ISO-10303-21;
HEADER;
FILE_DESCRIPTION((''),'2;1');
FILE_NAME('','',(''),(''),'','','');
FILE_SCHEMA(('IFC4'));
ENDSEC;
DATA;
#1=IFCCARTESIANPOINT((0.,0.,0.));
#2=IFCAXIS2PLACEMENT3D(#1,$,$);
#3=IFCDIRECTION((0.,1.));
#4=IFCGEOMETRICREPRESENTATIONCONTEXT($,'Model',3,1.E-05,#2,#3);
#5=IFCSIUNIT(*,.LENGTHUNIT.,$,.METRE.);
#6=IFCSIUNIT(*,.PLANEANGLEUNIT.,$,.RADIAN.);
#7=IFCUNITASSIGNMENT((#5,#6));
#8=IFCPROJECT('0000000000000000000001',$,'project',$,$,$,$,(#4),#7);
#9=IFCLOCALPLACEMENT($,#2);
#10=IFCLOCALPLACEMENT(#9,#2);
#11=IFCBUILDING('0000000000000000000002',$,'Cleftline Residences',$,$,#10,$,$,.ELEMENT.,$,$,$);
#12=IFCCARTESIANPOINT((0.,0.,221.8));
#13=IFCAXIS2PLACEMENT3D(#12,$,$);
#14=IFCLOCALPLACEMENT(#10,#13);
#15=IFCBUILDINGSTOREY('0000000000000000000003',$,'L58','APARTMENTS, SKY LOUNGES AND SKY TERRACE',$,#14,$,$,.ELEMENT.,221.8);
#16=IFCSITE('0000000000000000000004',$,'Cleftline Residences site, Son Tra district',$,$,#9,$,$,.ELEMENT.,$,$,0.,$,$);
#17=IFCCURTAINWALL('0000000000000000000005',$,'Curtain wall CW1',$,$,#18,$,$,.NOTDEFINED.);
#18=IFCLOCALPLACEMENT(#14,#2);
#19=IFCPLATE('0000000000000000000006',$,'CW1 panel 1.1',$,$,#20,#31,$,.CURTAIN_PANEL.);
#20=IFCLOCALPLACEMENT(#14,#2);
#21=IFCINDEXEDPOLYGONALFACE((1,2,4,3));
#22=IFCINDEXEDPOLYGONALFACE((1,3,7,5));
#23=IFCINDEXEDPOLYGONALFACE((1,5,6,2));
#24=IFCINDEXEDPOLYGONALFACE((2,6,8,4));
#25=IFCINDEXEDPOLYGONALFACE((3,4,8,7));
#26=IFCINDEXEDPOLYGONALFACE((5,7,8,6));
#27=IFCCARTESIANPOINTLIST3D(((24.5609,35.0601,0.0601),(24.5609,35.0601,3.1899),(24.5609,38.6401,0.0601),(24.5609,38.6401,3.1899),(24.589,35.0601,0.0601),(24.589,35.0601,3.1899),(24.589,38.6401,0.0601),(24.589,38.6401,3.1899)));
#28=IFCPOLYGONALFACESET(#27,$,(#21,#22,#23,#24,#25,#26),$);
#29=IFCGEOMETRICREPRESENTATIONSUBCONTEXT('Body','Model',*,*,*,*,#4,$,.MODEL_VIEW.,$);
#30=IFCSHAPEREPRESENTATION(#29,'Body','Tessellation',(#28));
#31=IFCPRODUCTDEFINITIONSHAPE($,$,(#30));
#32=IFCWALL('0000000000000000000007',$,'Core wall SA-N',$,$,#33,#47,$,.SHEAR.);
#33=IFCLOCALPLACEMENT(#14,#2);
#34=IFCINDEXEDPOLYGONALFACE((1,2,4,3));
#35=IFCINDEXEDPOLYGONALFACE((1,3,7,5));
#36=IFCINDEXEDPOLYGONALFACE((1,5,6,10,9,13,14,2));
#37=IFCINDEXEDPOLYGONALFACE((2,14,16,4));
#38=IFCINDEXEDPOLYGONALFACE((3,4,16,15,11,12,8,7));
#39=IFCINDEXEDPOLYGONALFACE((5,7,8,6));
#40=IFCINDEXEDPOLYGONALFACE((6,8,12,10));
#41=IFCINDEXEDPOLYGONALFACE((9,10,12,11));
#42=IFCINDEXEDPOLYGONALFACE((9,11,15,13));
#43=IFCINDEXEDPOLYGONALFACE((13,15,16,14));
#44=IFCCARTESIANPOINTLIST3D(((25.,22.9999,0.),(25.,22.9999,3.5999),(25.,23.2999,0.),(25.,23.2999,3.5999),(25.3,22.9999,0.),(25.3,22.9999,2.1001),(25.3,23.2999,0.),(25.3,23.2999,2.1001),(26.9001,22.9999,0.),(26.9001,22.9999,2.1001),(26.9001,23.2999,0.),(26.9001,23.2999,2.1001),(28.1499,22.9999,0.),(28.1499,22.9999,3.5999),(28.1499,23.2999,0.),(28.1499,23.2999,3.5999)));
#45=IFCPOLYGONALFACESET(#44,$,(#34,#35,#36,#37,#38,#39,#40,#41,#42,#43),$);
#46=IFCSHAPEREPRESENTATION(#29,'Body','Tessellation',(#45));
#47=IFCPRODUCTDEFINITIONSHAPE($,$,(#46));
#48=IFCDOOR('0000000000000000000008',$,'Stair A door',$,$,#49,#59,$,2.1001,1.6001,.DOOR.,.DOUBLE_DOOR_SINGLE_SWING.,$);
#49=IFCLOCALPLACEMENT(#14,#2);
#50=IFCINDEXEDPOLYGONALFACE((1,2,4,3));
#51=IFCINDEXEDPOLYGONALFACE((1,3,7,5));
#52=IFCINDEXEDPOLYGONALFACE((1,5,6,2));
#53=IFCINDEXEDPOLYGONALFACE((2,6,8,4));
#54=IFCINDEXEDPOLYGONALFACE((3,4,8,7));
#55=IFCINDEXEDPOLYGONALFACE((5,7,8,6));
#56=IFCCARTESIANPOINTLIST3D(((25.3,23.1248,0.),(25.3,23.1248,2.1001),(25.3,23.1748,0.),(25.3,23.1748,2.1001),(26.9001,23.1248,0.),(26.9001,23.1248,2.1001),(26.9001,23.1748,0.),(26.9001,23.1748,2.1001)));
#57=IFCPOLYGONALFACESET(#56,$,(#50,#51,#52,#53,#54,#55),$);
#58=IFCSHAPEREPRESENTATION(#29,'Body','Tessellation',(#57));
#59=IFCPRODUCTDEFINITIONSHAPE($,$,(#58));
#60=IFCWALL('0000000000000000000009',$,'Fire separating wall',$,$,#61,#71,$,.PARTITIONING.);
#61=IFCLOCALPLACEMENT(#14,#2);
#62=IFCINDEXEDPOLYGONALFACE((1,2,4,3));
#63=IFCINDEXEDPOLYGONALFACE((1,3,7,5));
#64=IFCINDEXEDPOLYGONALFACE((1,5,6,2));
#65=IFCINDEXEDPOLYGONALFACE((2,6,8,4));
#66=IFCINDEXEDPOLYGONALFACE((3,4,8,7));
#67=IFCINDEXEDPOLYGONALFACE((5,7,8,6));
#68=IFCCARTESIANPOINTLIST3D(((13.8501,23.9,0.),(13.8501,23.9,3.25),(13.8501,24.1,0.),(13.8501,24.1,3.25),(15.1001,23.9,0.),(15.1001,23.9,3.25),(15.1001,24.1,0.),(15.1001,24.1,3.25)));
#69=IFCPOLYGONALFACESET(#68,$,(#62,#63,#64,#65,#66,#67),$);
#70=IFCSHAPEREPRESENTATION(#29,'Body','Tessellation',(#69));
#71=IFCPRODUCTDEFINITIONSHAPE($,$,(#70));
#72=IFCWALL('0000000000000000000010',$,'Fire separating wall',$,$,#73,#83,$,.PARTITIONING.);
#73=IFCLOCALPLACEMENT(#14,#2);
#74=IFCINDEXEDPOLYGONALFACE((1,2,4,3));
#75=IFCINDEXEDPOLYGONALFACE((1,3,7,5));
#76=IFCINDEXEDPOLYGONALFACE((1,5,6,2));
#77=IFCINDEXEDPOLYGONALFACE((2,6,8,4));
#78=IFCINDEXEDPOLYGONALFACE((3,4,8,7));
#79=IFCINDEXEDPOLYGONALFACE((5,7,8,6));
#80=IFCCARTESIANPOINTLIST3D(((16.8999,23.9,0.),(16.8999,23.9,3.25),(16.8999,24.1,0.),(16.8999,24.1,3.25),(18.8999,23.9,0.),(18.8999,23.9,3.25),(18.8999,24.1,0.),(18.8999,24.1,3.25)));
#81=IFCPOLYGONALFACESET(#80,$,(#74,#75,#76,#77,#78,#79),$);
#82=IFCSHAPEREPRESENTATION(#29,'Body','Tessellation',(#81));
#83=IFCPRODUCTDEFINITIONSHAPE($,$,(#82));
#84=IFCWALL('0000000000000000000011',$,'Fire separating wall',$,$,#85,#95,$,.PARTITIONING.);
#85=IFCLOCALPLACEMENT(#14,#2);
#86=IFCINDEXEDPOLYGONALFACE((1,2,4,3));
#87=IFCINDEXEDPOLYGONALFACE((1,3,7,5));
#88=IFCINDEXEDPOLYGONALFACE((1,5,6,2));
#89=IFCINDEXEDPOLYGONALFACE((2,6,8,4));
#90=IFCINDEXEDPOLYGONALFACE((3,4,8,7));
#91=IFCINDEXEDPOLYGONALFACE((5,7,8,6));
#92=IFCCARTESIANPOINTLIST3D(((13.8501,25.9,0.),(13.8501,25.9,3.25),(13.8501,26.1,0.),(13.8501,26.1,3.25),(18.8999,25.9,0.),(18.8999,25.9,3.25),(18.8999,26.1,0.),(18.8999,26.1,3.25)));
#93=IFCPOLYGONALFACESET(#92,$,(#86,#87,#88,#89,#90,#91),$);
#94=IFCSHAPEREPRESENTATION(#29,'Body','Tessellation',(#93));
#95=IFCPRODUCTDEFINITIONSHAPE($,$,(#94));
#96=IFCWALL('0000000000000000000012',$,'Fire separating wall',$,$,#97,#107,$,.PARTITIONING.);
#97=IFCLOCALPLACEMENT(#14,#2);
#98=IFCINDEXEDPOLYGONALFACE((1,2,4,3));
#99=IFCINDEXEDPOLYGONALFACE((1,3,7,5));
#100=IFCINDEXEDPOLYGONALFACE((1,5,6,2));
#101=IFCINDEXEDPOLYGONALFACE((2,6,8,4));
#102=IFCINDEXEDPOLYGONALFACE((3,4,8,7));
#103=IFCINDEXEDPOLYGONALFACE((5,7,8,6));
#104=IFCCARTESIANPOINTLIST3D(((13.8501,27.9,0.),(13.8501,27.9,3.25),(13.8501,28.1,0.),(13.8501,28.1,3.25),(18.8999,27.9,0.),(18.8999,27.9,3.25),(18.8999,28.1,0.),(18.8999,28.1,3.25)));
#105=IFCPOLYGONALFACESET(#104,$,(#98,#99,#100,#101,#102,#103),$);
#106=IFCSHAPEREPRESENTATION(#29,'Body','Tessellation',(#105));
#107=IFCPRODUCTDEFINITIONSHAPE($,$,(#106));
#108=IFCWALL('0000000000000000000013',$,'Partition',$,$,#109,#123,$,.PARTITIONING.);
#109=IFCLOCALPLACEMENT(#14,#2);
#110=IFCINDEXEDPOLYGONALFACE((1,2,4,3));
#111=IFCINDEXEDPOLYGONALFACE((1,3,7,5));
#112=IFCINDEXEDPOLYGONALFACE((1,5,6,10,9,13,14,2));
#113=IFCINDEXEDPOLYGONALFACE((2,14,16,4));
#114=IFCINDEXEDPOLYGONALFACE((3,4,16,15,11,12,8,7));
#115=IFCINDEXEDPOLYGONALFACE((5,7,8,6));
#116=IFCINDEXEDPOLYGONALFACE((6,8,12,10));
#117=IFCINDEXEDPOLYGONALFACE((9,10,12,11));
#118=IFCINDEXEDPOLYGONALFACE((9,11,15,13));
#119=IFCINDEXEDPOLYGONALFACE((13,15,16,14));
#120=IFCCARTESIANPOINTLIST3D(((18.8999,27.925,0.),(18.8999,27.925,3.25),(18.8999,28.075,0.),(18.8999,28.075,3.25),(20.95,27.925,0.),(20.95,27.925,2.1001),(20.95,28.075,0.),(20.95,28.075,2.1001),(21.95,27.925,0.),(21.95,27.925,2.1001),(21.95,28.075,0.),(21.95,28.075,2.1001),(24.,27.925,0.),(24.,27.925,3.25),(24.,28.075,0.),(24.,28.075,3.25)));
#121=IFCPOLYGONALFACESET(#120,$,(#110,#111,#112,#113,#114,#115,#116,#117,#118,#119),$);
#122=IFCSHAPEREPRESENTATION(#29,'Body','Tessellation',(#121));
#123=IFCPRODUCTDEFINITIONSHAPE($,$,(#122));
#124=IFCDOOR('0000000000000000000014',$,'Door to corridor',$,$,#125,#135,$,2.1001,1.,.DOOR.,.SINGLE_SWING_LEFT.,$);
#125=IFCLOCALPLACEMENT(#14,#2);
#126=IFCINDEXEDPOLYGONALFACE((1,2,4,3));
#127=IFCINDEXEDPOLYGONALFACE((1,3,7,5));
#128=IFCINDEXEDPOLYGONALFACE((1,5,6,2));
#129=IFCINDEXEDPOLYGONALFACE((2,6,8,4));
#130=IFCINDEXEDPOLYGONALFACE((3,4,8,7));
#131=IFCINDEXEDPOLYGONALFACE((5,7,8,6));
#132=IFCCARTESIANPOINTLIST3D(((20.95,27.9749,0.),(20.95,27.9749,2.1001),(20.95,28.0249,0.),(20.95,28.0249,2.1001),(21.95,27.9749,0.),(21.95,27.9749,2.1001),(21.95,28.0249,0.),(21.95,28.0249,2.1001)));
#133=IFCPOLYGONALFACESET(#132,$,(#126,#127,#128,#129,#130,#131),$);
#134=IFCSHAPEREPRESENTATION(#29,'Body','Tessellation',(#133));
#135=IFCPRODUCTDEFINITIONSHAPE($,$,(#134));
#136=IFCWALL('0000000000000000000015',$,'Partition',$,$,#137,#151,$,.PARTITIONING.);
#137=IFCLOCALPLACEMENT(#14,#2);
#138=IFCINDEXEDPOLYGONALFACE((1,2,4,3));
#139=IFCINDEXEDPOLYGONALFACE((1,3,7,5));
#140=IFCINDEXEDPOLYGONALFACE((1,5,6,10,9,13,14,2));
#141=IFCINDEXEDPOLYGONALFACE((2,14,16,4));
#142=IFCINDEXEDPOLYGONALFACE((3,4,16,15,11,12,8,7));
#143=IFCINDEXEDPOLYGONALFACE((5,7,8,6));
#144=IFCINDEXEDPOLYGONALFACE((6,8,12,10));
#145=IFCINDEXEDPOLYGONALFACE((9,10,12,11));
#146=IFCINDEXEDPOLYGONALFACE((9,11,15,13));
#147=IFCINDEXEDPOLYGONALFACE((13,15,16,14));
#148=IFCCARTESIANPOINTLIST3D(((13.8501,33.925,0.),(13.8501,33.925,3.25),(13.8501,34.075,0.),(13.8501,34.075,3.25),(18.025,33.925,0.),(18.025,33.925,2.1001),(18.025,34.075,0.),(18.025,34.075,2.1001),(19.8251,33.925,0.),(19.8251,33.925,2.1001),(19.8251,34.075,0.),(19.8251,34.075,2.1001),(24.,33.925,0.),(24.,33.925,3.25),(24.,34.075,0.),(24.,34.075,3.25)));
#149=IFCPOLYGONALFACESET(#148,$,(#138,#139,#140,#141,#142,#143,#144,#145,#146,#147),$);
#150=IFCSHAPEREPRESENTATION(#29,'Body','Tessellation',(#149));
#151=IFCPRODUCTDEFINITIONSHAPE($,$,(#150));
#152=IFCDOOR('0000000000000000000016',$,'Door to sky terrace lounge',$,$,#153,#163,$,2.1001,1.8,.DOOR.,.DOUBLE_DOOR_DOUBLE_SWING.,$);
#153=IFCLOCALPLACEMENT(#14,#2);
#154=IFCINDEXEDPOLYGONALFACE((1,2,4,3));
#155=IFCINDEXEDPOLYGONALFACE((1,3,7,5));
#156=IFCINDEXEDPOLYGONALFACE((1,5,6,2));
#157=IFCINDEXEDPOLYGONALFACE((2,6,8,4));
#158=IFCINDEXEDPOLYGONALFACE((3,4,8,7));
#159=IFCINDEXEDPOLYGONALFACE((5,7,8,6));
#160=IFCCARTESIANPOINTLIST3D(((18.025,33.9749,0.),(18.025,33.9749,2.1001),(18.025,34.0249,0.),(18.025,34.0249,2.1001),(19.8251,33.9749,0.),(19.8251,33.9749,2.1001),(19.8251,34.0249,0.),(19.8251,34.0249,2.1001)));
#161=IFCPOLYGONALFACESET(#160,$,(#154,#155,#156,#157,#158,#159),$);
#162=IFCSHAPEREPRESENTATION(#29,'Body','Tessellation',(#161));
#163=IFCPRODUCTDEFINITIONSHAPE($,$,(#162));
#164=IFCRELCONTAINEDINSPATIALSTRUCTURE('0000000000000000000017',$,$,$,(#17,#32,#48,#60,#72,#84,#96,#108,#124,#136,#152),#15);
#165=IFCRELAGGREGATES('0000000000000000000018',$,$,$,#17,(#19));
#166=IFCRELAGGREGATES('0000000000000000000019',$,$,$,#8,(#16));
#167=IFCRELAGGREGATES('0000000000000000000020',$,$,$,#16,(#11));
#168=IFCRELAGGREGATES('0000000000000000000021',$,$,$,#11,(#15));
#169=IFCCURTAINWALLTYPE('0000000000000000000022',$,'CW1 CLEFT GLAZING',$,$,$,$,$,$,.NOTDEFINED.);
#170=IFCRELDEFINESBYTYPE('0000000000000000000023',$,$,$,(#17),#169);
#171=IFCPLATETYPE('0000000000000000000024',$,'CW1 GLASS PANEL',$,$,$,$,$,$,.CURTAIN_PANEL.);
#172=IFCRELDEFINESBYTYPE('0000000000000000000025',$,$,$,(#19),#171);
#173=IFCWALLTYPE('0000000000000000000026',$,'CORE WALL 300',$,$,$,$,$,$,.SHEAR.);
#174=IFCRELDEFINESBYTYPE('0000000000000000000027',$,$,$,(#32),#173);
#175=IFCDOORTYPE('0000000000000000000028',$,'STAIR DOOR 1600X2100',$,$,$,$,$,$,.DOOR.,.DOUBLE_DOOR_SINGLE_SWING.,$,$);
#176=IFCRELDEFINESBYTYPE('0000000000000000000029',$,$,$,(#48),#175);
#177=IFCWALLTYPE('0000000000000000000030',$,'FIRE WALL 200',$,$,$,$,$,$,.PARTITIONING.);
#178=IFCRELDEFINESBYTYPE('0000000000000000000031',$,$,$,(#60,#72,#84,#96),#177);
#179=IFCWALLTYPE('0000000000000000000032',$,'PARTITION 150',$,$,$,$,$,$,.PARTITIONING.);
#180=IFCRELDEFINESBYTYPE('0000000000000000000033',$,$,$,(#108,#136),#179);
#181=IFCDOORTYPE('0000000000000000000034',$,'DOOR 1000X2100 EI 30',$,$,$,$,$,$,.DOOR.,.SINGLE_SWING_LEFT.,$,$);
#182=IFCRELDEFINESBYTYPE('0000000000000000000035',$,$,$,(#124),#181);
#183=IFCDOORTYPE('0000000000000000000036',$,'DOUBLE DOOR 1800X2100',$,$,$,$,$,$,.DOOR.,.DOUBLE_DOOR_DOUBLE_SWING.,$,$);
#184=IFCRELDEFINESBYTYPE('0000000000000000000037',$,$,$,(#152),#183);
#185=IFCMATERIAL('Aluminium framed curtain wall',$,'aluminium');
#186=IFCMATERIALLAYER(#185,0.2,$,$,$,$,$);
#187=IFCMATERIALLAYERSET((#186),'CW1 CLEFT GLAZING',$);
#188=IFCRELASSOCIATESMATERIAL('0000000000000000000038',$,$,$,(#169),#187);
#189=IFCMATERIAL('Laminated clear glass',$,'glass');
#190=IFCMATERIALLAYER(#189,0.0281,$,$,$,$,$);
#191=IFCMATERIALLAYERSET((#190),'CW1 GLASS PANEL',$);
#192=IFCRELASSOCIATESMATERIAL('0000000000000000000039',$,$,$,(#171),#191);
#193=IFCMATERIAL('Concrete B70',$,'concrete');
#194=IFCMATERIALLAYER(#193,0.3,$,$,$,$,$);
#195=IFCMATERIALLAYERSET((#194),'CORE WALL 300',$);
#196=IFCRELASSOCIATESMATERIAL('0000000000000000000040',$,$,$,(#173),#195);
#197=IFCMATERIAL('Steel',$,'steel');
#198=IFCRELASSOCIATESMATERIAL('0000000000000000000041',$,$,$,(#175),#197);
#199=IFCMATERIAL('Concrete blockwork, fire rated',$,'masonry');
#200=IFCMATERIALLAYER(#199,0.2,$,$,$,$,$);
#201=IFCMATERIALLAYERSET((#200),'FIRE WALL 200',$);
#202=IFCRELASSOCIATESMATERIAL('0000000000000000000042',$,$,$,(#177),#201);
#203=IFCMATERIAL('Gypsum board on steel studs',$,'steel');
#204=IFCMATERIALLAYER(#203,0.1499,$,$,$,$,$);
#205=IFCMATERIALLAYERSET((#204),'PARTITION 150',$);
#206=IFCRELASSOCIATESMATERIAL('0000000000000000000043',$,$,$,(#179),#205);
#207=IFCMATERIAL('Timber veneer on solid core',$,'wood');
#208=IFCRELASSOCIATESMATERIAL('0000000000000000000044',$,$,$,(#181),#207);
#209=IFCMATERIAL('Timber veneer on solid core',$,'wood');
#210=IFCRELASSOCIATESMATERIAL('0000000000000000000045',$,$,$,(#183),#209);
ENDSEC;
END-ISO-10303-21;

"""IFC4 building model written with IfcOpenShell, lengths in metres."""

from ifc_helpers import new_model, si_unit, direction, frame, frame_2d, origin, origin_2d, place, context, subcontext, project, spatial, rectangle, extrude, material, layer, layer_set, type_object, element, fill, aggregate, save


model = new_model("IFC4")

# Units and contexts
model_context = context("Model", 3, precision=1e-05, world=origin(), true_north=direction((0.0, 1.0)))
body_context = subcontext(model_context, "Body", "Model", "MODEL_VIEW")
ifc_project = project(units=[si_unit("LENGTHUNIT", "METRE"), si_unit("PLANEANGLEUNIT", "RADIAN")], contexts=[model_context])

# Site, building, storey
site_placement = place(None, origin())
site = spatial("IfcSite", under=ifc_project, at=site_placement, Name="Cleftline Residences site, Son Tra district", CompositionType="ELEMENT", RefElevation=0.0)
building_placement = place(site_placement, origin())
building = spatial("IfcBuilding", under=site, at=building_placement, Name="Cleftline Residences", CompositionType="ELEMENT")
storey_placement = place(building_placement, frame((0.0, 0.0, 221.8)))
storey = spatial("IfcBuildingStorey", under=building, at=storey_placement, Name="L58", Description="APARTMENTS, SKY LOUNGES AND SKY TERRACE", CompositionType="ELEMENT", Elevation=221.8)

# Curtain wall, plate
ifc_material_1 = material(Name="Aluminium framed curtain wall", Category="aluminium")
ifc_layer_1 = layer(ifc_material_1, 0.2)
ifc_layer_set_1 = layer_set([ifc_layer_1], Name="CW1 CLEFT GLAZING")
curtain_wall_type = type_object("IfcCurtainWallType", Name="CW1 CLEFT GLAZING", PredefinedType="NOTDEFINED", material=ifc_layer_set_1)
curtain_wall_placement = place(storey_placement, origin())
curtain_wall = element("IfcCurtainWall", 1, at=curtain_wall_placement, inside=storey, type_object=curtain_wall_type, Name="Curtain wall CW1", PredefinedType="NOTDEFINED")
ifc_material_2 = material(Name="Laminated clear glass", Category="glass")
ifc_layer_2 = layer(ifc_material_2, 0.0281)
ifc_layer_set_2 = layer_set([ifc_layer_2], Name="CW1 GLASS PANEL")
plate_type = type_object("IfcPlateType", Name="CW1 GLASS PANEL", PredefinedType="CURTAIN_PANEL", material=ifc_layer_set_2)
plate_placement = place(storey_placement, frame((24.575, 36.8501, 0.0601), z_axis=(0.0, 0.0, 1.0), x_axis=(0.0, 1.0, 0.0)))
plate = element("IfcPlate", 2, at=plate_placement, type_object=plate_type, Name="CW1 panel 1.1", PredefinedType="CURTAIN_PANEL", context=body_context, shape_type="SweptSolid", body=[
    extrude(rectangle(XDim=3.5801, YDim=0.0281, at=origin_2d()), origin(), (0.0, 0.0, 1.0), 3.1299),
])
aggregate(curtain_wall, [plate])

# Wall, opening, door
ifc_material_3 = material(Name="Concrete B70", Category="concrete")
ifc_layer_3 = layer(ifc_material_3, 0.3)
ifc_layer_set_3 = layer_set([ifc_layer_3], Name="CORE WALL 300")
wall_type_1 = type_object("IfcWallType", Name="CORE WALL 300", PredefinedType="SHEAR", material=ifc_layer_set_3)
wall_1_placement = place(storey_placement, frame((25.0, 23.1499, 0.0), z_axis=(0.0, 0.0, 1.0), x_axis=(1.0, 0.0, 0.0)))
wall_1 = element("IfcWall", 3, at=wall_1_placement, inside=storey, type_object=wall_type_1, Name="Core wall SA-N", PredefinedType="SHEAR", context=body_context, shape_type="SweptSolid", body=[
    extrude(rectangle(XDim=3.1499, YDim=0.3, at=frame_2d((1.575, 0.0))), origin(), (0.0, 0.0, 1.0), 3.5999),
])
opening_1_placement = place(wall_1_placement, frame((0.3, 0.0, 0.0)))
opening_1 = element("IfcOpeningElement", 4, at=opening_1_placement, cuts=wall_1, PredefinedType="OPENING", context=body_context, shape_type="SweptSolid", body=[
    extrude(rectangle(XDim=1.6001, YDim=2.1001, at=frame_2d((0.8, 1.05))), frame((0.0, 0.1599, 0.0), z_axis=(0.0, -1.0, 0.0), x_axis=(1.0, 0.0, 0.0)), (0.0, 0.0, 1.0), 0.3201),
])
ifc_material_4 = material(Name="Steel", Category="steel")
door_type_1 = type_object("IfcDoorType", Name="STAIR DOOR 1600X2100", OperationType="DOUBLE_DOOR_SINGLE_SWING", PredefinedType="DOOR", material=ifc_material_4)
door_1_placement = place(opening_1_placement, origin())
door_1 = element("IfcDoor", 5, at=door_1_placement, inside=storey, type_object=door_type_1, Name="Stair A door", OperationType="DOUBLE_DOOR_SINGLE_SWING", OverallHeight=2.1001, OverallWidth=1.6001, PredefinedType="DOOR", context=body_context, shape_type="SweptSolid", body=[
    extrude(rectangle(XDim=1.6001, YDim=2.1001, at=frame_2d((0.8, 1.05))), frame((0.0, 0.0249, 0.0), z_axis=(0.0, -1.0, 0.0), x_axis=(1.0, 0.0, 0.0)), (0.0, 0.0, 1.0), 0.05),
])
fill(opening_1, door_1)

# Walls
ifc_material_5 = material(Name="Concrete blockwork, fire rated", Category="masonry")
ifc_layer_4 = layer(ifc_material_5, 0.2)
ifc_layer_set_4 = layer_set([ifc_layer_4], Name="FIRE WALL 200")
wall_type_2 = type_object("IfcWallType", Name="FIRE WALL 200", PredefinedType="PARTITIONING", material=ifc_layer_set_4)
wall_2_placement = place(storey_placement, frame((13.8501, 24.0, 0.0), z_axis=(0.0, 0.0, 1.0), x_axis=(1.0, 0.0, 0.0)))
element("IfcWall", 6, at=wall_2_placement, inside=storey, type_object=wall_type_2, Name="Fire separating wall", PredefinedType="PARTITIONING", context=body_context, shape_type="SweptSolid", body=[
    extrude(rectangle(XDim=1.25, YDim=0.2, at=frame_2d((0.625, 0.0))), origin(), (0.0, 0.0, 1.0), 3.25),
])
wall_3_placement = place(storey_placement, frame((16.8999, 24.0, 0.0), z_axis=(0.0, 0.0, 1.0), x_axis=(1.0, 0.0, 0.0)))
element("IfcWall", 7, at=wall_3_placement, inside=storey, type_object=wall_type_2, Name="Fire separating wall", PredefinedType="PARTITIONING", context=body_context, shape_type="SweptSolid", body=[
    extrude(rectangle(XDim=2.0, YDim=0.2, at=frame_2d((1.0, 0.0))), origin(), (0.0, 0.0, 1.0), 3.25),
])
for number, where, z_axis, x_axis, name in (
    (8, (13.8501, 26.0, 0.0), (0.0, 0.0, 1.0), (1.0, 0.0, 0.0), "Fire separating wall"),
    (9, (13.8501, 28.0, 0.0), (0.0, 0.0, 1.0), (1.0, 0.0, 0.0), "Fire separating wall"),
):
    element("IfcWall", number, at=place(storey_placement, frame(where, z_axis=z_axis, x_axis=x_axis)), inside=storey, type_object=wall_type_2, Name=name, PredefinedType="PARTITIONING", context=body_context, shape_type="SweptSolid", body=[
        extrude(rectangle(XDim=5.0498, YDim=0.2, at=frame_2d((2.5249, 0.0))), origin(), (0.0, 0.0, 1.0), 3.25),
    ])

# Walls, openings, doors
ifc_material_6 = material(Name="Gypsum board on steel studs", Category="steel")
ifc_layer_5 = layer(ifc_material_6, 0.1499)
ifc_layer_set_5 = layer_set([ifc_layer_5], Name="PARTITION 150")
wall_type_3 = type_object("IfcWallType", Name="PARTITION 150", PredefinedType="PARTITIONING", material=ifc_layer_set_5)
wall_4_placement = place(storey_placement, frame((18.8999, 28.0, 0.0), z_axis=(0.0, 0.0, 1.0), x_axis=(1.0, 0.0, 0.0)))
wall_4 = element("IfcWall", 10, at=wall_4_placement, inside=storey, type_object=wall_type_3, Name="Partition", PredefinedType="PARTITIONING", context=body_context, shape_type="SweptSolid", body=[
    extrude(rectangle(XDim=5.1001, YDim=0.1499, at=frame_2d((2.55, 0.0))), origin(), (0.0, 0.0, 1.0), 3.25),
])
opening_2_placement = place(wall_4_placement, frame((2.05, 0.0, 0.0)))
opening_2 = element("IfcOpeningElement", 11, at=opening_2_placement, cuts=wall_4, PredefinedType="OPENING", context=body_context, shape_type="SweptSolid", body=[
    extrude(rectangle(XDim=1.0, YDim=2.1001, at=frame_2d((0.5, 1.05))), frame((0.0, 0.085, 0.0), z_axis=(0.0, -1.0, 0.0), x_axis=(1.0, 0.0, 0.0)), (0.0, 0.0, 1.0), 0.1699),
])
ifc_material_7 = material(Name="Timber veneer on solid core", Category="wood")
door_type_2 = type_object("IfcDoorType", Name="DOOR 1000X2100 EI 30", OperationType="SINGLE_SWING_LEFT", PredefinedType="DOOR", material=ifc_material_7)
door_2_placement = place(opening_2_placement, origin())
door_2 = element("IfcDoor", 12, at=door_2_placement, inside=storey, type_object=door_type_2, Name="Door to corridor", OperationType="SINGLE_SWING_LEFT", OverallHeight=2.1001, OverallWidth=1.0, PredefinedType="DOOR", context=body_context, shape_type="SweptSolid", body=[
    extrude(rectangle(XDim=1.0, YDim=2.1001, at=frame_2d((0.5, 1.05))), frame((0.0, 0.0249, 0.0), z_axis=(0.0, -1.0, 0.0), x_axis=(1.0, 0.0, 0.0)), (0.0, 0.0, 1.0), 0.05),
])
fill(opening_2, door_2)
wall_5_placement = place(storey_placement, frame((13.8501, 34.0, 0.0), z_axis=(0.0, 0.0, 1.0), x_axis=(1.0, 0.0, 0.0)))
wall_5 = element("IfcWall", 13, at=wall_5_placement, inside=storey, type_object=wall_type_3, Name="Partition", PredefinedType="PARTITIONING", context=body_context, shape_type="SweptSolid", body=[
    extrude(rectangle(XDim=10.1499, YDim=0.1499, at=frame_2d((5.075, 0.0))), origin(), (0.0, 0.0, 1.0), 3.25),
])
opening_3_placement = place(wall_5_placement, frame((4.175, 0.0, 0.0)))
opening_3 = element("IfcOpeningElement", 14, at=opening_3_placement, cuts=wall_5, PredefinedType="OPENING", context=body_context, shape_type="SweptSolid", body=[
    extrude(rectangle(XDim=1.8, YDim=2.1001, at=frame_2d((0.8999, 1.05))), frame((0.0, 0.085, 0.0), z_axis=(0.0, -1.0, 0.0), x_axis=(1.0, 0.0, 0.0)), (0.0, 0.0, 1.0), 0.1699),
])
ifc_material_8 = material(Name="Timber veneer on solid core", Category="wood")
door_type_3 = type_object("IfcDoorType", Name="DOUBLE DOOR 1800X2100", OperationType="DOUBLE_DOOR_DOUBLE_SWING", PredefinedType="DOOR", material=ifc_material_8)
door_3_placement = place(opening_3_placement, origin())
door_3 = element("IfcDoor", 15, at=door_3_placement, inside=storey, type_object=door_type_3, Name="Door to sky terrace lounge", OperationType="DOUBLE_DOOR_DOUBLE_SWING", OverallHeight=2.1001, OverallWidth=1.8, PredefinedType="DOOR", context=body_context, shape_type="SweptSolid", body=[
    extrude(rectangle(XDim=1.8, YDim=2.1001, at=frame_2d((0.8999, 1.05))), frame((0.0, 0.0249, 0.0), z_axis=(0.0, -1.0, 0.0), x_axis=(1.0, 0.0, 0.0)), (0.0, 0.0, 1.0), 0.05),
])
fill(opening_3, door_3)

save(model, "model.ifc")
